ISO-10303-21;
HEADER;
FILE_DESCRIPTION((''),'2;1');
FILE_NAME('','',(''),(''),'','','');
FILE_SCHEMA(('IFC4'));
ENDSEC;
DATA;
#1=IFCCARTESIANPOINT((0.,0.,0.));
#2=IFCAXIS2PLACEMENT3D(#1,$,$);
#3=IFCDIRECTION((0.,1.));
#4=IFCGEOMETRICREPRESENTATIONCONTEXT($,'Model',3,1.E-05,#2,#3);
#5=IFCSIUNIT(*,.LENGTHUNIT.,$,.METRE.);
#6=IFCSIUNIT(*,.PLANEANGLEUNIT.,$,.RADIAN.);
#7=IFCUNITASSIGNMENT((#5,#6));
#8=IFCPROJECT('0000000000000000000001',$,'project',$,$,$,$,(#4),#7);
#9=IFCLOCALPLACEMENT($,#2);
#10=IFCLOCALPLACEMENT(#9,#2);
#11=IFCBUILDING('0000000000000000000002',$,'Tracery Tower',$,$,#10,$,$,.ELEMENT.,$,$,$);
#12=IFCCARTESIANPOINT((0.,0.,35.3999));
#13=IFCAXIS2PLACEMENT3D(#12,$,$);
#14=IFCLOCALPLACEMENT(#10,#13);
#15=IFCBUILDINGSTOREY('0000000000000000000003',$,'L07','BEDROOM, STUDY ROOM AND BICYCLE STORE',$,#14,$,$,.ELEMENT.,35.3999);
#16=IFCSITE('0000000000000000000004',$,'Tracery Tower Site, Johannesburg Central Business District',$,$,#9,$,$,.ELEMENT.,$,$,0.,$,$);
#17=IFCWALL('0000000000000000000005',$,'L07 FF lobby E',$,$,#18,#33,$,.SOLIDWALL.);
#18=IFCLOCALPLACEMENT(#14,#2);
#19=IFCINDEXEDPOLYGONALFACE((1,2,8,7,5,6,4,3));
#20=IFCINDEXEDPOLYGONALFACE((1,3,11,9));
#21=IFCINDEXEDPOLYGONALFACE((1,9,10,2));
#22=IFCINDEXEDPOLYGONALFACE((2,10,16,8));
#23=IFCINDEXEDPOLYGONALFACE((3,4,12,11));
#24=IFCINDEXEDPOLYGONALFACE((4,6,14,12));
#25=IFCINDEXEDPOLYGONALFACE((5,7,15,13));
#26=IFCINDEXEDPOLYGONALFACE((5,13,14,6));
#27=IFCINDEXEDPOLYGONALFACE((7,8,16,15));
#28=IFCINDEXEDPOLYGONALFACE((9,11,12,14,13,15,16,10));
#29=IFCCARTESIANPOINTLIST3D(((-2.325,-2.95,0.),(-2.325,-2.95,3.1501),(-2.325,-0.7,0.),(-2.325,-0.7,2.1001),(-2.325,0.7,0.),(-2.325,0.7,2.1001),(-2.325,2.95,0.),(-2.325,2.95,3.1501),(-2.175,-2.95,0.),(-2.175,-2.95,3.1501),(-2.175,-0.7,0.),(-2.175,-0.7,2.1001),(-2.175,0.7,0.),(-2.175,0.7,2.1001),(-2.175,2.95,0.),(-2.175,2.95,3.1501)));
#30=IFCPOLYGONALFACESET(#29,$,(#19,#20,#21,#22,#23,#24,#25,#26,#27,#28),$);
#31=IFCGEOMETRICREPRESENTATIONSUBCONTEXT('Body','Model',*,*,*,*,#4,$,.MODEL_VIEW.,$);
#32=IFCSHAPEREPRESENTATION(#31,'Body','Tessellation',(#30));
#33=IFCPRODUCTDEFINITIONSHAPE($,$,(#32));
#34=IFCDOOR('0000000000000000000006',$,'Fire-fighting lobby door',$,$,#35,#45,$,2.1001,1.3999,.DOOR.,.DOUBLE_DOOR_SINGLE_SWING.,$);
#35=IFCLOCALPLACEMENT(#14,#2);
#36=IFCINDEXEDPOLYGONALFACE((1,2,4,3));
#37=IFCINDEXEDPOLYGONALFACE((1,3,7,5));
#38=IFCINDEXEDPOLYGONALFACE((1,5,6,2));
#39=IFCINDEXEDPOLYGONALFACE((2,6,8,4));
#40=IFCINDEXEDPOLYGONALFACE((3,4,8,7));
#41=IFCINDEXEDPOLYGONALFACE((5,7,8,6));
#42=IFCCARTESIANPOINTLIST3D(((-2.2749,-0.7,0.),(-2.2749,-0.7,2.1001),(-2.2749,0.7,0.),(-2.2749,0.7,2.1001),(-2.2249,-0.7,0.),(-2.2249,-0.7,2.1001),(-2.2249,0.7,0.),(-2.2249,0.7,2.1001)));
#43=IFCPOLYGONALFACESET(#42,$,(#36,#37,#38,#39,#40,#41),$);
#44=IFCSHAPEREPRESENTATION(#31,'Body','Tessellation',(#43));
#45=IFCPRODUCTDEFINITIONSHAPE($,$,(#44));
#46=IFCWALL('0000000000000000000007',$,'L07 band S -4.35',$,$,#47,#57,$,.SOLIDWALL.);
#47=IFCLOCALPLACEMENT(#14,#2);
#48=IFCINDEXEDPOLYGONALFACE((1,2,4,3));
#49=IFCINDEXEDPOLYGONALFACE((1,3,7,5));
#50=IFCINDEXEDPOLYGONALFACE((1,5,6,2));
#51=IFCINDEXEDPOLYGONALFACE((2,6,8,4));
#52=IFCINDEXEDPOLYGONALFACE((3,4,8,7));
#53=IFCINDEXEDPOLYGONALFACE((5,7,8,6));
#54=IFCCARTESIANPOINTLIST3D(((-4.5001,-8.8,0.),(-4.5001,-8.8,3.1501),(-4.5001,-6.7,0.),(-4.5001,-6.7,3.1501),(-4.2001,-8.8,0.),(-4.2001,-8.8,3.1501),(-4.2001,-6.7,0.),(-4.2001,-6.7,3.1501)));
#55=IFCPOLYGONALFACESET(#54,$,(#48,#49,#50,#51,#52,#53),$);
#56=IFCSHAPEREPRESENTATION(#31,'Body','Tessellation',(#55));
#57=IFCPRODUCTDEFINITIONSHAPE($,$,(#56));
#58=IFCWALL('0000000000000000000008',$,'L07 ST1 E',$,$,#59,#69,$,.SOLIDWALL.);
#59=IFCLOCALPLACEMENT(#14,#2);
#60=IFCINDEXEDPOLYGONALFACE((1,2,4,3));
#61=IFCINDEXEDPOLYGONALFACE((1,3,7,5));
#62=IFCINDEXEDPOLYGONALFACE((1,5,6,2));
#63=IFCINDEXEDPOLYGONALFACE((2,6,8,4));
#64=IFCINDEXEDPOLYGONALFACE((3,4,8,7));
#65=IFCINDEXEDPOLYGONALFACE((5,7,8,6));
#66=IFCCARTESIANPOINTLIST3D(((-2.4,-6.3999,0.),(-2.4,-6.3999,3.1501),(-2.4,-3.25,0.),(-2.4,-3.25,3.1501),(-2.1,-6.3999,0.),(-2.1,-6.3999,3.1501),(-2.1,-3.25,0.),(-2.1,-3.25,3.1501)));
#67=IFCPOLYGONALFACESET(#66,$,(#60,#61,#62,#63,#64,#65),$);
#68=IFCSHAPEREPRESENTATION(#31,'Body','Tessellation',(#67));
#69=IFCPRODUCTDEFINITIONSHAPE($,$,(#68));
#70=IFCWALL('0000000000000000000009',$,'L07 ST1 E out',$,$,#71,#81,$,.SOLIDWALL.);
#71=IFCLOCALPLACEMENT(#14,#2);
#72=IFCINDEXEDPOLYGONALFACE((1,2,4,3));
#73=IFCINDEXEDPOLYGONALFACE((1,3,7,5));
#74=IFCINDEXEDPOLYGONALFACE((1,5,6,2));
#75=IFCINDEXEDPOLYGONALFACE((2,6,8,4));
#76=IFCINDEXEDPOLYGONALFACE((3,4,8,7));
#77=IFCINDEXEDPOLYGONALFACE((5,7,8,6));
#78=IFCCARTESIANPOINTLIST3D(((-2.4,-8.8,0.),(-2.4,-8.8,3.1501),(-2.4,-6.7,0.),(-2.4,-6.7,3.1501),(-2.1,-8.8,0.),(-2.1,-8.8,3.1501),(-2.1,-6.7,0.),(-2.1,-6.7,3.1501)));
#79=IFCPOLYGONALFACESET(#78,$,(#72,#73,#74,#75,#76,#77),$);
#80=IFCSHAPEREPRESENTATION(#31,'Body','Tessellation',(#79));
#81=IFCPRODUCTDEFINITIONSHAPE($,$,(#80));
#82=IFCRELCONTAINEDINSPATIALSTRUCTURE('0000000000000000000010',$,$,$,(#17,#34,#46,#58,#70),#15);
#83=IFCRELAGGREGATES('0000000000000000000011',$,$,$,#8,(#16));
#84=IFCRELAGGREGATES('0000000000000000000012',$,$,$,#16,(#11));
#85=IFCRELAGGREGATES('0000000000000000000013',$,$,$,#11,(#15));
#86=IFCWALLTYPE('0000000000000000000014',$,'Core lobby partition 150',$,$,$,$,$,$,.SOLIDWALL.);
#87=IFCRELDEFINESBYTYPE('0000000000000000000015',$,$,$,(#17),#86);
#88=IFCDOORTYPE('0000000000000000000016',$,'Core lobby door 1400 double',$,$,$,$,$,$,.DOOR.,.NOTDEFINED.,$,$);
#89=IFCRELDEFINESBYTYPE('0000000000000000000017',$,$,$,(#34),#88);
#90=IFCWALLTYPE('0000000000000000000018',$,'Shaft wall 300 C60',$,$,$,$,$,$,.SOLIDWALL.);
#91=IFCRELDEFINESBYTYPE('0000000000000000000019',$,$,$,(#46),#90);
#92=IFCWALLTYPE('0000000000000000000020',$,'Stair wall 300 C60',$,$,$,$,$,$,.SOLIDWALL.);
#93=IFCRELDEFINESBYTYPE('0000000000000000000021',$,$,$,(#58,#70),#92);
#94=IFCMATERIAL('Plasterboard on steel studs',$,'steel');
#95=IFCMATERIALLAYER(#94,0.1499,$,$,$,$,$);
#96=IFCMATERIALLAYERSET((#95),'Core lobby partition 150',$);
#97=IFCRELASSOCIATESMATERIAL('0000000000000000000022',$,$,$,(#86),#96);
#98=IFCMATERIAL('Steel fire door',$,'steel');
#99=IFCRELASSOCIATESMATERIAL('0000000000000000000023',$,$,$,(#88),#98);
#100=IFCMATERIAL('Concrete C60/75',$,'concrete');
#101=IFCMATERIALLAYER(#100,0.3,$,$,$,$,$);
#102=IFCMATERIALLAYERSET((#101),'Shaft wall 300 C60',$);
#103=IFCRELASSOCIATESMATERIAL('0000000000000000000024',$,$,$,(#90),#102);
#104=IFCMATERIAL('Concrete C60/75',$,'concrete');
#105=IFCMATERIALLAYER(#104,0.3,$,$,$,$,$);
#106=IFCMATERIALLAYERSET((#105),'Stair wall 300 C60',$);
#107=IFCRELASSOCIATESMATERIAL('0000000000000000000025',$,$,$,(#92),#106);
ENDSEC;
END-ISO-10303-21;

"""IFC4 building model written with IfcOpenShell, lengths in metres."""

from ifc_helpers import new_model, si_unit, direction, frame, frame_2d, origin, place, context, subcontext, project, spatial, rectangle, extrude, material, layer, layer_set, type_object, element, fill, save


model = new_model("IFC4")

# Units and contexts
model_context = context("Model", 3, precision=1e-05, world=origin(), true_north=direction((0.0, 1.0)))
body_context = subcontext(model_context, "Body", "Model", "MODEL_VIEW")
ifc_project = project(units=[si_unit("LENGTHUNIT", "METRE"), si_unit("PLANEANGLEUNIT", "RADIAN")], contexts=[model_context])

# Site, building, storey
site_placement = place(None, origin())
site = spatial("IfcSite", under=ifc_project, at=site_placement, Name="Tracery Tower Site, Johannesburg Central Business District", CompositionType="ELEMENT", RefElevation=0.0)
building_placement = place(site_placement, origin())
building = spatial("IfcBuilding", under=site, at=building_placement, Name="Tracery Tower", CompositionType="ELEMENT")
storey_placement = place(building_placement, frame((0.0, 0.0, 35.3999)))
storey = spatial("IfcBuildingStorey", under=building, at=storey_placement, Name="L07", Description="BEDROOM, STUDY ROOM AND BICYCLE STORE", CompositionType="ELEMENT", Elevation=35.3999)

# Wall, opening, door
ifc_material_1 = material(Name="Plasterboard on steel studs", Category="steel")
ifc_layer_1 = layer(ifc_material_1, 0.1499)
ifc_layer_set_1 = layer_set([ifc_layer_1], Name="Core lobby partition 150")
wall_type_1 = type_object("IfcWallType", Name="Core lobby partition 150", PredefinedType="SOLIDWALL", material=ifc_layer_set_1)
wall_1_placement = place(storey_placement, frame((-2.25, -2.95, 0.0), z_axis=(0.0, 0.0, 1.0), x_axis=(0.0, 1.0, 0.0)))
wall_1 = element("IfcWall", 1, at=wall_1_placement, inside=storey, type_object=wall_type_1, Name="L07 FF lobby E", PredefinedType="SOLIDWALL", context=body_context, shape_type="SweptSolid", body=[
    extrude(rectangle(XDim=5.8999, YDim=0.1499, at=frame_2d((2.95, 0.0))), origin(), (0.0, 0.0, 1.0), 3.1501),
])
opening_1_placement = place(wall_1_placement, frame((2.25, 0.0, 0.0)))
opening_1 = element("IfcOpeningElement", 2, at=opening_1_placement, cuts=wall_1, PredefinedType="OPENING", context=body_context, shape_type="SweptSolid", body=[
    extrude(rectangle(XDim=1.3999, YDim=2.1001, at=frame_2d((0.7, 1.05))), frame((0.0, 0.075, 0.0), z_axis=(0.0, -1.0, 0.0), x_axis=(1.0, 0.0, 0.0)), (0.0, 0.0, 1.0), 0.1499),
])
ifc_material_2 = material(Name="Steel fire door", Category="steel")
door_type_1 = type_object("IfcDoorType", Name="Core lobby door 1400 double", OperationType="NOTDEFINED", PredefinedType="DOOR", material=ifc_material_2)
door_1_placement = place(opening_1_placement, origin())
door_1 = element("IfcDoor", 3, at=door_1_placement, inside=storey, type_object=door_type_1, Name="Fire-fighting lobby door", OperationType="DOUBLE_DOOR_SINGLE_SWING", OverallHeight=2.1001, OverallWidth=1.3999, PredefinedType="DOOR", context=body_context, shape_type="SweptSolid", body=[
    extrude(rectangle(XDim=1.3999, YDim=2.1001, at=frame_2d((0.7, 1.05))), frame((0.0, 0.0249, 0.0), z_axis=(0.0, -1.0, 0.0), x_axis=(1.0, 0.0, 0.0)), (0.0, 0.0, 1.0), 0.05),
])
fill(opening_1, door_1)

# Shared definitions
ifc_material_3 = material(Name="Concrete C60/75", Category="concrete")
ifc_layer_2 = layer(ifc_material_3, 0.3)
ifc_layer_set_2 = layer_set([ifc_layer_2], Name="Shaft wall 300 C60")
wall_type_2 = type_object("IfcWallType", Name="Shaft wall 300 C60", PredefinedType="SOLIDWALL", material=ifc_layer_set_2)

# Wall
wall_2_placement = place(storey_placement, frame((-4.3501, -8.8, 0.0), z_axis=(0.0, 0.0, 1.0), x_axis=(0.0, 1.0, 0.0)))
element("IfcWall", 4, at=wall_2_placement, inside=storey, type_object=wall_type_2, Name="L07 band S -4.35", PredefinedType="SOLIDWALL", context=body_context, shape_type="SweptSolid", body=[
    extrude(rectangle(XDim=2.1001, YDim=0.3, at=frame_2d((1.05, 0.0))), origin(), (0.0, 0.0, 1.0), 3.1501),
])

# Shared definitions
ifc_material_4 = material(Name="Concrete C60/75", Category="concrete")
ifc_layer_3 = layer(ifc_material_4, 0.3)
ifc_layer_set_3 = layer_set([ifc_layer_3], Name="Stair wall 300 C60")
wall_type_3 = type_object("IfcWallType", Name="Stair wall 300 C60", PredefinedType="SOLIDWALL", material=ifc_layer_set_3)

# Wall
wall_3_placement = place(storey_placement, frame((-2.25, -6.3999, 0.0), z_axis=(0.0, 0.0, 1.0), x_axis=(0.0, 1.0, 0.0)))
element("IfcWall", 5, at=wall_3_placement, inside=storey, type_object=wall_type_3, Name="L07 ST1 E", PredefinedType="SOLIDWALL", context=body_context, shape_type="SweptSolid", body=[
    extrude(rectangle(XDim=3.1499, YDim=0.3, at=frame_2d((1.575, 0.0))), origin(), (0.0, 0.0, 1.0), 3.1501),
])

# Wall
wall_4_placement = place(storey_placement, frame((-2.25, -8.8, 0.0), z_axis=(0.0, 0.0, 1.0), x_axis=(0.0, 1.0, 0.0)))
element("IfcWall", 6, at=wall_4_placement, inside=storey, type_object=wall_type_3, Name="L07 ST1 E out", PredefinedType="SOLIDWALL", context=body_context, shape_type="SweptSolid", body=[
    extrude(rectangle(XDim=2.1001, YDim=0.3, at=frame_2d((1.05, 0.0))), origin(), (0.0, 0.0, 1.0), 3.1501),
])

save(model, "model.ifc")
